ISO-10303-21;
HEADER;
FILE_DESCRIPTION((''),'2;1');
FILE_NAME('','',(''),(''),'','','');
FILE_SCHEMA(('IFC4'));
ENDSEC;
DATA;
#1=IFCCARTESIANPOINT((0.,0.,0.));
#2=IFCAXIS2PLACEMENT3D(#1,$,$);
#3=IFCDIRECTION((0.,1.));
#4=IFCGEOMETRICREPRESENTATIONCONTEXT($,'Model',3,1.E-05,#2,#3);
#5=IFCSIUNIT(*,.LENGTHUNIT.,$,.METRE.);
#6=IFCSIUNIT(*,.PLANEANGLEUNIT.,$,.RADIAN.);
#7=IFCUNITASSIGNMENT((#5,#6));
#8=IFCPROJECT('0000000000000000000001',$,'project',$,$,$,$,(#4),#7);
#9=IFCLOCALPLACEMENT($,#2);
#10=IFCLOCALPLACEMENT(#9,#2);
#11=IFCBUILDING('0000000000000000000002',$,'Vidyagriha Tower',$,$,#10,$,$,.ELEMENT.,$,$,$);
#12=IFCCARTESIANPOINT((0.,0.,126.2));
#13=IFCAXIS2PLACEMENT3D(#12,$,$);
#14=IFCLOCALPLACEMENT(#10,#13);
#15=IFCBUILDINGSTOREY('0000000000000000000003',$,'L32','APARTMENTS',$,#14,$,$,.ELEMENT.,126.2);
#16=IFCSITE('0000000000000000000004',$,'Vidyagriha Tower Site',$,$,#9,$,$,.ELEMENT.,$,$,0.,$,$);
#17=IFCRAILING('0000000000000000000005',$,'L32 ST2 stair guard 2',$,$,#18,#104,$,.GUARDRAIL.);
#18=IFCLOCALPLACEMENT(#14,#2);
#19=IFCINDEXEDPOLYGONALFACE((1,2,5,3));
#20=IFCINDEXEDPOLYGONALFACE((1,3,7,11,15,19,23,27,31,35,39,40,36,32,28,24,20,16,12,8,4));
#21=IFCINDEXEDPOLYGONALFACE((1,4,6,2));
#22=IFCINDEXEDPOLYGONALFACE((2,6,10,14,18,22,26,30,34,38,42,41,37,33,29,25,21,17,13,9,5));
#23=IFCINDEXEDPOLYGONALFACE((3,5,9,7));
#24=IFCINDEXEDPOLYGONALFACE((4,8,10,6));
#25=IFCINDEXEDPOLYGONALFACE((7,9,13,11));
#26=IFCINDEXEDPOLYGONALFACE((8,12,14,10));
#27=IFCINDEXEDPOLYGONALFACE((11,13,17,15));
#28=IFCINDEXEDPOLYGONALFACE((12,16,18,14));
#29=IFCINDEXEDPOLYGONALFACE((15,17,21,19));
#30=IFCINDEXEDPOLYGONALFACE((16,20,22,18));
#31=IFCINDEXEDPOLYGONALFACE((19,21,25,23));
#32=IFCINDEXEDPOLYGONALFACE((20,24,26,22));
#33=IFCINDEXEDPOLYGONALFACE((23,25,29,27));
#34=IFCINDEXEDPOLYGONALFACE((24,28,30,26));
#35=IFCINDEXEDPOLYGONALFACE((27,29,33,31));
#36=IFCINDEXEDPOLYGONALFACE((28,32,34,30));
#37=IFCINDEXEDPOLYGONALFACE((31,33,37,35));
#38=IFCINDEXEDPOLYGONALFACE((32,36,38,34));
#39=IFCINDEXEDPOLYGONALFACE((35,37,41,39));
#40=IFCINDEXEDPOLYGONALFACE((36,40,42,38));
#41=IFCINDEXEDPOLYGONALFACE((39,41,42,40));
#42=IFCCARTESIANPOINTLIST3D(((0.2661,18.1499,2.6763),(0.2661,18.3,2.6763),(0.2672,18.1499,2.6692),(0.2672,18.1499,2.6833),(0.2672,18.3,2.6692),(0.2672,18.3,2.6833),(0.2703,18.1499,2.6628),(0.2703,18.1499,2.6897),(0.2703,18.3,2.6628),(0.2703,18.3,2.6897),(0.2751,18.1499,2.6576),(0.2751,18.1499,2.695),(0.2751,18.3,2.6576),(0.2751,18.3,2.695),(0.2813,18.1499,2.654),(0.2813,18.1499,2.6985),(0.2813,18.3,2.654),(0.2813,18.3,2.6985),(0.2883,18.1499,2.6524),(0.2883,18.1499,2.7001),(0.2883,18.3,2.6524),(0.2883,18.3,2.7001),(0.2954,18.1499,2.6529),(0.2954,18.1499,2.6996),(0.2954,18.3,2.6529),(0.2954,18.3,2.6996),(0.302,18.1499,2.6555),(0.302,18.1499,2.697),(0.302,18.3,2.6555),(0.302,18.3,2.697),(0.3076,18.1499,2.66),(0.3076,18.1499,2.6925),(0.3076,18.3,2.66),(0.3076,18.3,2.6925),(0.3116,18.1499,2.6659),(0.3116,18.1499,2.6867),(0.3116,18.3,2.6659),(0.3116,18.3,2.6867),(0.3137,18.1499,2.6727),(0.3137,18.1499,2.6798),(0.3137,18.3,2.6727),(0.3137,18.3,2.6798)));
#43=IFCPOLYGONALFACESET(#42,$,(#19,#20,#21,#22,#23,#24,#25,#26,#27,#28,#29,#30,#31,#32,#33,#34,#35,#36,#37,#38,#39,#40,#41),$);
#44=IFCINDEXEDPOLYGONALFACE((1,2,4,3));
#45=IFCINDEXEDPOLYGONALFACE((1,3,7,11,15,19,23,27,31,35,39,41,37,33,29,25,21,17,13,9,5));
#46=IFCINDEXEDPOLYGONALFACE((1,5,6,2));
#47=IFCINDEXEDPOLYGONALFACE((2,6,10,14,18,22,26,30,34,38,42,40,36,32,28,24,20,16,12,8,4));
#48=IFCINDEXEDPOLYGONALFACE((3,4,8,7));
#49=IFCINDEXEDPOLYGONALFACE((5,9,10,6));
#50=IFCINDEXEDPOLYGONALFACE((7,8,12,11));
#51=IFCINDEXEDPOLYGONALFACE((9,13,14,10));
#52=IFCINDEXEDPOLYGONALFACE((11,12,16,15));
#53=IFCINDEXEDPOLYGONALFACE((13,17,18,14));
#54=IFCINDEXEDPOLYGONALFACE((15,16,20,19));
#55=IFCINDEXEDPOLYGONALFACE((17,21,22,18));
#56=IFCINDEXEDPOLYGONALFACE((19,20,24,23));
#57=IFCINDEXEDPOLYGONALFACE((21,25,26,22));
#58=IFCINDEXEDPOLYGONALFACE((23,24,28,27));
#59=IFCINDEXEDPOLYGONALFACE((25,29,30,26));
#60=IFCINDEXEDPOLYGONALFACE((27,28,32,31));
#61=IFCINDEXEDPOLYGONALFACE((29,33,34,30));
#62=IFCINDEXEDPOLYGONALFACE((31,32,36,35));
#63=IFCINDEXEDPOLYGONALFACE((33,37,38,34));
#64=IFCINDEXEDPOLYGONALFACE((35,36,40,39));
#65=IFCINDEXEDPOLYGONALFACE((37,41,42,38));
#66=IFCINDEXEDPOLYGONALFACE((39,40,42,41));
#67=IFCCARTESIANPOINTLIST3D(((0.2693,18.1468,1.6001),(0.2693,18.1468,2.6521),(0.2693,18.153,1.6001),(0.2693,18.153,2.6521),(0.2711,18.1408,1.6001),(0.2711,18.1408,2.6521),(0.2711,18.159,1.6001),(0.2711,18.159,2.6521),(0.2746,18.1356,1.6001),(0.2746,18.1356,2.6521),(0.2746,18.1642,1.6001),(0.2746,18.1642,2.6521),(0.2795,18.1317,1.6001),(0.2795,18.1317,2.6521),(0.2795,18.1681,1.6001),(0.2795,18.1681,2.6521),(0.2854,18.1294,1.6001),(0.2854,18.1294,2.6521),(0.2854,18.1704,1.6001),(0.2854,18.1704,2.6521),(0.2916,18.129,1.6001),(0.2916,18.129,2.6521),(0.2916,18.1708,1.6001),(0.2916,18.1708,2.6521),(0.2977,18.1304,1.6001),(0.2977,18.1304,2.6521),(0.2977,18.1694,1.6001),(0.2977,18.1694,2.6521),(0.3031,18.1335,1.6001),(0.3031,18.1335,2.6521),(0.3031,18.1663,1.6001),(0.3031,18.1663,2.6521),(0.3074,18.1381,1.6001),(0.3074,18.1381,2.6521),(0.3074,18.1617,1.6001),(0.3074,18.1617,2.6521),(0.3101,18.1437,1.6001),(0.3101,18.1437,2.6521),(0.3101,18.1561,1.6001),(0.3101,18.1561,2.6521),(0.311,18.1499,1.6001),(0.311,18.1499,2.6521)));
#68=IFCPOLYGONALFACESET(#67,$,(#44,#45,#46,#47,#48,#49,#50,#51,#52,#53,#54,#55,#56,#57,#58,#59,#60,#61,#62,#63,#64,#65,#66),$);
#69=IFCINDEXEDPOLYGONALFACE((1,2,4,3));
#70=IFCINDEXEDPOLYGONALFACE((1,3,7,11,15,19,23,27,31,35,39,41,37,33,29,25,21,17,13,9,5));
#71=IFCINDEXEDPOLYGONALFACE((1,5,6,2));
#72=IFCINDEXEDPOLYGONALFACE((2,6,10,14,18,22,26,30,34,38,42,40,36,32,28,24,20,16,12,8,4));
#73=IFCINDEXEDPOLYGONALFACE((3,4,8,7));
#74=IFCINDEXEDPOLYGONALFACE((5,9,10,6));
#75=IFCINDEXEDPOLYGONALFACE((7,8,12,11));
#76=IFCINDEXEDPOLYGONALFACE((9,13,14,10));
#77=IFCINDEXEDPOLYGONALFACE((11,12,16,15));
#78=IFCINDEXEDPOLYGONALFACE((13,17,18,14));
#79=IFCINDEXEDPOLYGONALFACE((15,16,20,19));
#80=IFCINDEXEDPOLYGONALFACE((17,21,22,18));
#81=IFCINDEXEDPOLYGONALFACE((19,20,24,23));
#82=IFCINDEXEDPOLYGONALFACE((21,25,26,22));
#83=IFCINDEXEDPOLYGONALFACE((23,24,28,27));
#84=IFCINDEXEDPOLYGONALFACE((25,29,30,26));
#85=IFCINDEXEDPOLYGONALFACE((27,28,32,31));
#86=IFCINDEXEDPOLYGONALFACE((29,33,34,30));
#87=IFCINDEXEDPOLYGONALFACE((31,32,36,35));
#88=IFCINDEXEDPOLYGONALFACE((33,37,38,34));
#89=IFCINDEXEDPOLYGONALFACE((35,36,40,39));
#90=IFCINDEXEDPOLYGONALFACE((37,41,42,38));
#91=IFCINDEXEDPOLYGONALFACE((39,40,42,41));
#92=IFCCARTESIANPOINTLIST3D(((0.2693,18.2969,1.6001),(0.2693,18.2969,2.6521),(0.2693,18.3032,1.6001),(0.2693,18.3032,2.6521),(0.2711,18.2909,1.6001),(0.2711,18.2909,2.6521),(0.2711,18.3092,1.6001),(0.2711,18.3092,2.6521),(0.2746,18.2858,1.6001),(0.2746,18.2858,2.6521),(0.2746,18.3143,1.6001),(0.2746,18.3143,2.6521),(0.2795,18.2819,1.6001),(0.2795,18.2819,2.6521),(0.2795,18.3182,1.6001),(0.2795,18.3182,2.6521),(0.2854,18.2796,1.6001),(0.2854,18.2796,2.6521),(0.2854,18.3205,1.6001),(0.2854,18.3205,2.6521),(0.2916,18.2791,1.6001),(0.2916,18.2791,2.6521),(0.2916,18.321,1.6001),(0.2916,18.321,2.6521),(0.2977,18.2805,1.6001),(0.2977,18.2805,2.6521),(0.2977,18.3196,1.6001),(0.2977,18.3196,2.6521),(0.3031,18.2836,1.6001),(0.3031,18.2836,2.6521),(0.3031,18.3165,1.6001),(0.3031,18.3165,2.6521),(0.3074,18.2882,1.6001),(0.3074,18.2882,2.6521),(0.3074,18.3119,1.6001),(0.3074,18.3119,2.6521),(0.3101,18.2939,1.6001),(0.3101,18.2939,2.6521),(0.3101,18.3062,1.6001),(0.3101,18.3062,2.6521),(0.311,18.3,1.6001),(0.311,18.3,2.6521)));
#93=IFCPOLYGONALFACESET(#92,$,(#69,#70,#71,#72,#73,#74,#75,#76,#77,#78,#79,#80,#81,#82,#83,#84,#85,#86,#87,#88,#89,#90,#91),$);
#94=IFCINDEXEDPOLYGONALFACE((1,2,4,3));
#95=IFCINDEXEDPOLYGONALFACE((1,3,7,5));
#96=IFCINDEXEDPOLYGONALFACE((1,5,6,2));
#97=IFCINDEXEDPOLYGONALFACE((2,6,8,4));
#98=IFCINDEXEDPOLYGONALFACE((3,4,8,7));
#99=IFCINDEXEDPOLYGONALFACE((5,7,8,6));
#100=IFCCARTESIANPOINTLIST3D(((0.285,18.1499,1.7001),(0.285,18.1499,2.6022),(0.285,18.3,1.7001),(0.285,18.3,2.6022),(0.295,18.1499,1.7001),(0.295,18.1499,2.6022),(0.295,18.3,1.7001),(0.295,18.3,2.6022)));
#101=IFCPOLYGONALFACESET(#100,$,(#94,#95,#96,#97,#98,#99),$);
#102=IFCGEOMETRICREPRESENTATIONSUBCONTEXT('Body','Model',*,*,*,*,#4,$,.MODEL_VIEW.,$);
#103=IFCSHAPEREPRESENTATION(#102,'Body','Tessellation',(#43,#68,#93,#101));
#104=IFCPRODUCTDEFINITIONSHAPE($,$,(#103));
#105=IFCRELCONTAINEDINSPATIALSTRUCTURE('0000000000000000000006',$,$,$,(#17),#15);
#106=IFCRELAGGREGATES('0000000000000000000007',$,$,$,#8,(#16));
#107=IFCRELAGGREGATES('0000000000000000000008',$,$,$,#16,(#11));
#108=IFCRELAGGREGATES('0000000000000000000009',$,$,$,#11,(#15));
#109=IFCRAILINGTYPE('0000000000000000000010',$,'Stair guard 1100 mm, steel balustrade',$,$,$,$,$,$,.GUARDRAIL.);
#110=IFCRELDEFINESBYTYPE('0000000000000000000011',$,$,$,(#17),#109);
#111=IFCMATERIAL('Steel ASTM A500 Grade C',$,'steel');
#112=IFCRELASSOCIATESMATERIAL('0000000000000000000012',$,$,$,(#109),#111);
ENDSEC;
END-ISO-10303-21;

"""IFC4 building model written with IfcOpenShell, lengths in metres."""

from ifc_helpers import new_model, si_unit, direction, frame, origin, origin_2d, place, context, subcontext, project, spatial, rectangle, circle, extrude, material, type_object, element, save


model = new_model("IFC4")

# Units and contexts
model_context = context("Model", 3, precision=1e-05, world=origin(), true_north=direction((0.0, 1.0)))
body_context = subcontext(model_context, "Body", "Model", "MODEL_VIEW")
ifc_project = project(units=[si_unit("LENGTHUNIT", "METRE"), si_unit("PLANEANGLEUNIT", "RADIAN")], contexts=[model_context])

# Site, building, storey
site_placement = place(None, origin())
site = spatial("IfcSite", under=ifc_project, at=site_placement, Name="Vidyagriha Tower Site", CompositionType="ELEMENT", RefElevation=0.0)
building_placement = place(site_placement, origin())
building = spatial("IfcBuilding", under=site, at=building_placement, Name="Vidyagriha Tower", CompositionType="ELEMENT")
storey_placement = place(building_placement, frame((0.0, 0.0, 126.2)))
storey = spatial("IfcBuildingStorey", under=building, at=storey_placement, Name="L32", Description="APARTMENTS", CompositionType="ELEMENT", Elevation=126.2)

# Railing
ifc_material_1 = material(Name="Steel ASTM A500 Grade C", Category="steel")
railing_type_1 = type_object("IfcRailingType", Name="Stair guard 1100 mm, steel balustrade", PredefinedType="GUARDRAIL", material=ifc_material_1)
railing_1_placement = place(storey_placement, frame((0.29, 18.1499, 1.6001)))
element("IfcRailing", 1, at=railing_1_placement, inside=storey, type_object=railing_type_1, Name="L32 ST2 stair guard 2", PredefinedType="GUARDRAIL", context=body_context, shape_type="SweptSolid", body=[
    extrude(circle(Radius=0.0239, at=origin_2d()), frame((0.0, 0.0, 1.0762), z_axis=(0.0, 1.0, 0.0), x_axis=(-1.0, 0.0, 0.0)), (0.0, 0.0, 1.0), 0.1501),
    extrude(circle(Radius=0.021, at=origin_2d()), origin(), (0.0, 0.0, 1.0), 1.052),
    extrude(circle(Radius=0.021, at=origin_2d()), frame((0.0, 0.1501, 0.0)), (0.0, 0.0, 1.0), 1.052),
    extrude(rectangle(XDim=0.01, YDim=0.9021, at=origin_2d()), frame((0.0, 0.0, 0.551), z_axis=(0.0, 1.0, 0.0), x_axis=(-1.0, 0.0, 0.0)), (0.0, 0.0, 1.0), 0.1501),
])

save(model, "model.ifc")
